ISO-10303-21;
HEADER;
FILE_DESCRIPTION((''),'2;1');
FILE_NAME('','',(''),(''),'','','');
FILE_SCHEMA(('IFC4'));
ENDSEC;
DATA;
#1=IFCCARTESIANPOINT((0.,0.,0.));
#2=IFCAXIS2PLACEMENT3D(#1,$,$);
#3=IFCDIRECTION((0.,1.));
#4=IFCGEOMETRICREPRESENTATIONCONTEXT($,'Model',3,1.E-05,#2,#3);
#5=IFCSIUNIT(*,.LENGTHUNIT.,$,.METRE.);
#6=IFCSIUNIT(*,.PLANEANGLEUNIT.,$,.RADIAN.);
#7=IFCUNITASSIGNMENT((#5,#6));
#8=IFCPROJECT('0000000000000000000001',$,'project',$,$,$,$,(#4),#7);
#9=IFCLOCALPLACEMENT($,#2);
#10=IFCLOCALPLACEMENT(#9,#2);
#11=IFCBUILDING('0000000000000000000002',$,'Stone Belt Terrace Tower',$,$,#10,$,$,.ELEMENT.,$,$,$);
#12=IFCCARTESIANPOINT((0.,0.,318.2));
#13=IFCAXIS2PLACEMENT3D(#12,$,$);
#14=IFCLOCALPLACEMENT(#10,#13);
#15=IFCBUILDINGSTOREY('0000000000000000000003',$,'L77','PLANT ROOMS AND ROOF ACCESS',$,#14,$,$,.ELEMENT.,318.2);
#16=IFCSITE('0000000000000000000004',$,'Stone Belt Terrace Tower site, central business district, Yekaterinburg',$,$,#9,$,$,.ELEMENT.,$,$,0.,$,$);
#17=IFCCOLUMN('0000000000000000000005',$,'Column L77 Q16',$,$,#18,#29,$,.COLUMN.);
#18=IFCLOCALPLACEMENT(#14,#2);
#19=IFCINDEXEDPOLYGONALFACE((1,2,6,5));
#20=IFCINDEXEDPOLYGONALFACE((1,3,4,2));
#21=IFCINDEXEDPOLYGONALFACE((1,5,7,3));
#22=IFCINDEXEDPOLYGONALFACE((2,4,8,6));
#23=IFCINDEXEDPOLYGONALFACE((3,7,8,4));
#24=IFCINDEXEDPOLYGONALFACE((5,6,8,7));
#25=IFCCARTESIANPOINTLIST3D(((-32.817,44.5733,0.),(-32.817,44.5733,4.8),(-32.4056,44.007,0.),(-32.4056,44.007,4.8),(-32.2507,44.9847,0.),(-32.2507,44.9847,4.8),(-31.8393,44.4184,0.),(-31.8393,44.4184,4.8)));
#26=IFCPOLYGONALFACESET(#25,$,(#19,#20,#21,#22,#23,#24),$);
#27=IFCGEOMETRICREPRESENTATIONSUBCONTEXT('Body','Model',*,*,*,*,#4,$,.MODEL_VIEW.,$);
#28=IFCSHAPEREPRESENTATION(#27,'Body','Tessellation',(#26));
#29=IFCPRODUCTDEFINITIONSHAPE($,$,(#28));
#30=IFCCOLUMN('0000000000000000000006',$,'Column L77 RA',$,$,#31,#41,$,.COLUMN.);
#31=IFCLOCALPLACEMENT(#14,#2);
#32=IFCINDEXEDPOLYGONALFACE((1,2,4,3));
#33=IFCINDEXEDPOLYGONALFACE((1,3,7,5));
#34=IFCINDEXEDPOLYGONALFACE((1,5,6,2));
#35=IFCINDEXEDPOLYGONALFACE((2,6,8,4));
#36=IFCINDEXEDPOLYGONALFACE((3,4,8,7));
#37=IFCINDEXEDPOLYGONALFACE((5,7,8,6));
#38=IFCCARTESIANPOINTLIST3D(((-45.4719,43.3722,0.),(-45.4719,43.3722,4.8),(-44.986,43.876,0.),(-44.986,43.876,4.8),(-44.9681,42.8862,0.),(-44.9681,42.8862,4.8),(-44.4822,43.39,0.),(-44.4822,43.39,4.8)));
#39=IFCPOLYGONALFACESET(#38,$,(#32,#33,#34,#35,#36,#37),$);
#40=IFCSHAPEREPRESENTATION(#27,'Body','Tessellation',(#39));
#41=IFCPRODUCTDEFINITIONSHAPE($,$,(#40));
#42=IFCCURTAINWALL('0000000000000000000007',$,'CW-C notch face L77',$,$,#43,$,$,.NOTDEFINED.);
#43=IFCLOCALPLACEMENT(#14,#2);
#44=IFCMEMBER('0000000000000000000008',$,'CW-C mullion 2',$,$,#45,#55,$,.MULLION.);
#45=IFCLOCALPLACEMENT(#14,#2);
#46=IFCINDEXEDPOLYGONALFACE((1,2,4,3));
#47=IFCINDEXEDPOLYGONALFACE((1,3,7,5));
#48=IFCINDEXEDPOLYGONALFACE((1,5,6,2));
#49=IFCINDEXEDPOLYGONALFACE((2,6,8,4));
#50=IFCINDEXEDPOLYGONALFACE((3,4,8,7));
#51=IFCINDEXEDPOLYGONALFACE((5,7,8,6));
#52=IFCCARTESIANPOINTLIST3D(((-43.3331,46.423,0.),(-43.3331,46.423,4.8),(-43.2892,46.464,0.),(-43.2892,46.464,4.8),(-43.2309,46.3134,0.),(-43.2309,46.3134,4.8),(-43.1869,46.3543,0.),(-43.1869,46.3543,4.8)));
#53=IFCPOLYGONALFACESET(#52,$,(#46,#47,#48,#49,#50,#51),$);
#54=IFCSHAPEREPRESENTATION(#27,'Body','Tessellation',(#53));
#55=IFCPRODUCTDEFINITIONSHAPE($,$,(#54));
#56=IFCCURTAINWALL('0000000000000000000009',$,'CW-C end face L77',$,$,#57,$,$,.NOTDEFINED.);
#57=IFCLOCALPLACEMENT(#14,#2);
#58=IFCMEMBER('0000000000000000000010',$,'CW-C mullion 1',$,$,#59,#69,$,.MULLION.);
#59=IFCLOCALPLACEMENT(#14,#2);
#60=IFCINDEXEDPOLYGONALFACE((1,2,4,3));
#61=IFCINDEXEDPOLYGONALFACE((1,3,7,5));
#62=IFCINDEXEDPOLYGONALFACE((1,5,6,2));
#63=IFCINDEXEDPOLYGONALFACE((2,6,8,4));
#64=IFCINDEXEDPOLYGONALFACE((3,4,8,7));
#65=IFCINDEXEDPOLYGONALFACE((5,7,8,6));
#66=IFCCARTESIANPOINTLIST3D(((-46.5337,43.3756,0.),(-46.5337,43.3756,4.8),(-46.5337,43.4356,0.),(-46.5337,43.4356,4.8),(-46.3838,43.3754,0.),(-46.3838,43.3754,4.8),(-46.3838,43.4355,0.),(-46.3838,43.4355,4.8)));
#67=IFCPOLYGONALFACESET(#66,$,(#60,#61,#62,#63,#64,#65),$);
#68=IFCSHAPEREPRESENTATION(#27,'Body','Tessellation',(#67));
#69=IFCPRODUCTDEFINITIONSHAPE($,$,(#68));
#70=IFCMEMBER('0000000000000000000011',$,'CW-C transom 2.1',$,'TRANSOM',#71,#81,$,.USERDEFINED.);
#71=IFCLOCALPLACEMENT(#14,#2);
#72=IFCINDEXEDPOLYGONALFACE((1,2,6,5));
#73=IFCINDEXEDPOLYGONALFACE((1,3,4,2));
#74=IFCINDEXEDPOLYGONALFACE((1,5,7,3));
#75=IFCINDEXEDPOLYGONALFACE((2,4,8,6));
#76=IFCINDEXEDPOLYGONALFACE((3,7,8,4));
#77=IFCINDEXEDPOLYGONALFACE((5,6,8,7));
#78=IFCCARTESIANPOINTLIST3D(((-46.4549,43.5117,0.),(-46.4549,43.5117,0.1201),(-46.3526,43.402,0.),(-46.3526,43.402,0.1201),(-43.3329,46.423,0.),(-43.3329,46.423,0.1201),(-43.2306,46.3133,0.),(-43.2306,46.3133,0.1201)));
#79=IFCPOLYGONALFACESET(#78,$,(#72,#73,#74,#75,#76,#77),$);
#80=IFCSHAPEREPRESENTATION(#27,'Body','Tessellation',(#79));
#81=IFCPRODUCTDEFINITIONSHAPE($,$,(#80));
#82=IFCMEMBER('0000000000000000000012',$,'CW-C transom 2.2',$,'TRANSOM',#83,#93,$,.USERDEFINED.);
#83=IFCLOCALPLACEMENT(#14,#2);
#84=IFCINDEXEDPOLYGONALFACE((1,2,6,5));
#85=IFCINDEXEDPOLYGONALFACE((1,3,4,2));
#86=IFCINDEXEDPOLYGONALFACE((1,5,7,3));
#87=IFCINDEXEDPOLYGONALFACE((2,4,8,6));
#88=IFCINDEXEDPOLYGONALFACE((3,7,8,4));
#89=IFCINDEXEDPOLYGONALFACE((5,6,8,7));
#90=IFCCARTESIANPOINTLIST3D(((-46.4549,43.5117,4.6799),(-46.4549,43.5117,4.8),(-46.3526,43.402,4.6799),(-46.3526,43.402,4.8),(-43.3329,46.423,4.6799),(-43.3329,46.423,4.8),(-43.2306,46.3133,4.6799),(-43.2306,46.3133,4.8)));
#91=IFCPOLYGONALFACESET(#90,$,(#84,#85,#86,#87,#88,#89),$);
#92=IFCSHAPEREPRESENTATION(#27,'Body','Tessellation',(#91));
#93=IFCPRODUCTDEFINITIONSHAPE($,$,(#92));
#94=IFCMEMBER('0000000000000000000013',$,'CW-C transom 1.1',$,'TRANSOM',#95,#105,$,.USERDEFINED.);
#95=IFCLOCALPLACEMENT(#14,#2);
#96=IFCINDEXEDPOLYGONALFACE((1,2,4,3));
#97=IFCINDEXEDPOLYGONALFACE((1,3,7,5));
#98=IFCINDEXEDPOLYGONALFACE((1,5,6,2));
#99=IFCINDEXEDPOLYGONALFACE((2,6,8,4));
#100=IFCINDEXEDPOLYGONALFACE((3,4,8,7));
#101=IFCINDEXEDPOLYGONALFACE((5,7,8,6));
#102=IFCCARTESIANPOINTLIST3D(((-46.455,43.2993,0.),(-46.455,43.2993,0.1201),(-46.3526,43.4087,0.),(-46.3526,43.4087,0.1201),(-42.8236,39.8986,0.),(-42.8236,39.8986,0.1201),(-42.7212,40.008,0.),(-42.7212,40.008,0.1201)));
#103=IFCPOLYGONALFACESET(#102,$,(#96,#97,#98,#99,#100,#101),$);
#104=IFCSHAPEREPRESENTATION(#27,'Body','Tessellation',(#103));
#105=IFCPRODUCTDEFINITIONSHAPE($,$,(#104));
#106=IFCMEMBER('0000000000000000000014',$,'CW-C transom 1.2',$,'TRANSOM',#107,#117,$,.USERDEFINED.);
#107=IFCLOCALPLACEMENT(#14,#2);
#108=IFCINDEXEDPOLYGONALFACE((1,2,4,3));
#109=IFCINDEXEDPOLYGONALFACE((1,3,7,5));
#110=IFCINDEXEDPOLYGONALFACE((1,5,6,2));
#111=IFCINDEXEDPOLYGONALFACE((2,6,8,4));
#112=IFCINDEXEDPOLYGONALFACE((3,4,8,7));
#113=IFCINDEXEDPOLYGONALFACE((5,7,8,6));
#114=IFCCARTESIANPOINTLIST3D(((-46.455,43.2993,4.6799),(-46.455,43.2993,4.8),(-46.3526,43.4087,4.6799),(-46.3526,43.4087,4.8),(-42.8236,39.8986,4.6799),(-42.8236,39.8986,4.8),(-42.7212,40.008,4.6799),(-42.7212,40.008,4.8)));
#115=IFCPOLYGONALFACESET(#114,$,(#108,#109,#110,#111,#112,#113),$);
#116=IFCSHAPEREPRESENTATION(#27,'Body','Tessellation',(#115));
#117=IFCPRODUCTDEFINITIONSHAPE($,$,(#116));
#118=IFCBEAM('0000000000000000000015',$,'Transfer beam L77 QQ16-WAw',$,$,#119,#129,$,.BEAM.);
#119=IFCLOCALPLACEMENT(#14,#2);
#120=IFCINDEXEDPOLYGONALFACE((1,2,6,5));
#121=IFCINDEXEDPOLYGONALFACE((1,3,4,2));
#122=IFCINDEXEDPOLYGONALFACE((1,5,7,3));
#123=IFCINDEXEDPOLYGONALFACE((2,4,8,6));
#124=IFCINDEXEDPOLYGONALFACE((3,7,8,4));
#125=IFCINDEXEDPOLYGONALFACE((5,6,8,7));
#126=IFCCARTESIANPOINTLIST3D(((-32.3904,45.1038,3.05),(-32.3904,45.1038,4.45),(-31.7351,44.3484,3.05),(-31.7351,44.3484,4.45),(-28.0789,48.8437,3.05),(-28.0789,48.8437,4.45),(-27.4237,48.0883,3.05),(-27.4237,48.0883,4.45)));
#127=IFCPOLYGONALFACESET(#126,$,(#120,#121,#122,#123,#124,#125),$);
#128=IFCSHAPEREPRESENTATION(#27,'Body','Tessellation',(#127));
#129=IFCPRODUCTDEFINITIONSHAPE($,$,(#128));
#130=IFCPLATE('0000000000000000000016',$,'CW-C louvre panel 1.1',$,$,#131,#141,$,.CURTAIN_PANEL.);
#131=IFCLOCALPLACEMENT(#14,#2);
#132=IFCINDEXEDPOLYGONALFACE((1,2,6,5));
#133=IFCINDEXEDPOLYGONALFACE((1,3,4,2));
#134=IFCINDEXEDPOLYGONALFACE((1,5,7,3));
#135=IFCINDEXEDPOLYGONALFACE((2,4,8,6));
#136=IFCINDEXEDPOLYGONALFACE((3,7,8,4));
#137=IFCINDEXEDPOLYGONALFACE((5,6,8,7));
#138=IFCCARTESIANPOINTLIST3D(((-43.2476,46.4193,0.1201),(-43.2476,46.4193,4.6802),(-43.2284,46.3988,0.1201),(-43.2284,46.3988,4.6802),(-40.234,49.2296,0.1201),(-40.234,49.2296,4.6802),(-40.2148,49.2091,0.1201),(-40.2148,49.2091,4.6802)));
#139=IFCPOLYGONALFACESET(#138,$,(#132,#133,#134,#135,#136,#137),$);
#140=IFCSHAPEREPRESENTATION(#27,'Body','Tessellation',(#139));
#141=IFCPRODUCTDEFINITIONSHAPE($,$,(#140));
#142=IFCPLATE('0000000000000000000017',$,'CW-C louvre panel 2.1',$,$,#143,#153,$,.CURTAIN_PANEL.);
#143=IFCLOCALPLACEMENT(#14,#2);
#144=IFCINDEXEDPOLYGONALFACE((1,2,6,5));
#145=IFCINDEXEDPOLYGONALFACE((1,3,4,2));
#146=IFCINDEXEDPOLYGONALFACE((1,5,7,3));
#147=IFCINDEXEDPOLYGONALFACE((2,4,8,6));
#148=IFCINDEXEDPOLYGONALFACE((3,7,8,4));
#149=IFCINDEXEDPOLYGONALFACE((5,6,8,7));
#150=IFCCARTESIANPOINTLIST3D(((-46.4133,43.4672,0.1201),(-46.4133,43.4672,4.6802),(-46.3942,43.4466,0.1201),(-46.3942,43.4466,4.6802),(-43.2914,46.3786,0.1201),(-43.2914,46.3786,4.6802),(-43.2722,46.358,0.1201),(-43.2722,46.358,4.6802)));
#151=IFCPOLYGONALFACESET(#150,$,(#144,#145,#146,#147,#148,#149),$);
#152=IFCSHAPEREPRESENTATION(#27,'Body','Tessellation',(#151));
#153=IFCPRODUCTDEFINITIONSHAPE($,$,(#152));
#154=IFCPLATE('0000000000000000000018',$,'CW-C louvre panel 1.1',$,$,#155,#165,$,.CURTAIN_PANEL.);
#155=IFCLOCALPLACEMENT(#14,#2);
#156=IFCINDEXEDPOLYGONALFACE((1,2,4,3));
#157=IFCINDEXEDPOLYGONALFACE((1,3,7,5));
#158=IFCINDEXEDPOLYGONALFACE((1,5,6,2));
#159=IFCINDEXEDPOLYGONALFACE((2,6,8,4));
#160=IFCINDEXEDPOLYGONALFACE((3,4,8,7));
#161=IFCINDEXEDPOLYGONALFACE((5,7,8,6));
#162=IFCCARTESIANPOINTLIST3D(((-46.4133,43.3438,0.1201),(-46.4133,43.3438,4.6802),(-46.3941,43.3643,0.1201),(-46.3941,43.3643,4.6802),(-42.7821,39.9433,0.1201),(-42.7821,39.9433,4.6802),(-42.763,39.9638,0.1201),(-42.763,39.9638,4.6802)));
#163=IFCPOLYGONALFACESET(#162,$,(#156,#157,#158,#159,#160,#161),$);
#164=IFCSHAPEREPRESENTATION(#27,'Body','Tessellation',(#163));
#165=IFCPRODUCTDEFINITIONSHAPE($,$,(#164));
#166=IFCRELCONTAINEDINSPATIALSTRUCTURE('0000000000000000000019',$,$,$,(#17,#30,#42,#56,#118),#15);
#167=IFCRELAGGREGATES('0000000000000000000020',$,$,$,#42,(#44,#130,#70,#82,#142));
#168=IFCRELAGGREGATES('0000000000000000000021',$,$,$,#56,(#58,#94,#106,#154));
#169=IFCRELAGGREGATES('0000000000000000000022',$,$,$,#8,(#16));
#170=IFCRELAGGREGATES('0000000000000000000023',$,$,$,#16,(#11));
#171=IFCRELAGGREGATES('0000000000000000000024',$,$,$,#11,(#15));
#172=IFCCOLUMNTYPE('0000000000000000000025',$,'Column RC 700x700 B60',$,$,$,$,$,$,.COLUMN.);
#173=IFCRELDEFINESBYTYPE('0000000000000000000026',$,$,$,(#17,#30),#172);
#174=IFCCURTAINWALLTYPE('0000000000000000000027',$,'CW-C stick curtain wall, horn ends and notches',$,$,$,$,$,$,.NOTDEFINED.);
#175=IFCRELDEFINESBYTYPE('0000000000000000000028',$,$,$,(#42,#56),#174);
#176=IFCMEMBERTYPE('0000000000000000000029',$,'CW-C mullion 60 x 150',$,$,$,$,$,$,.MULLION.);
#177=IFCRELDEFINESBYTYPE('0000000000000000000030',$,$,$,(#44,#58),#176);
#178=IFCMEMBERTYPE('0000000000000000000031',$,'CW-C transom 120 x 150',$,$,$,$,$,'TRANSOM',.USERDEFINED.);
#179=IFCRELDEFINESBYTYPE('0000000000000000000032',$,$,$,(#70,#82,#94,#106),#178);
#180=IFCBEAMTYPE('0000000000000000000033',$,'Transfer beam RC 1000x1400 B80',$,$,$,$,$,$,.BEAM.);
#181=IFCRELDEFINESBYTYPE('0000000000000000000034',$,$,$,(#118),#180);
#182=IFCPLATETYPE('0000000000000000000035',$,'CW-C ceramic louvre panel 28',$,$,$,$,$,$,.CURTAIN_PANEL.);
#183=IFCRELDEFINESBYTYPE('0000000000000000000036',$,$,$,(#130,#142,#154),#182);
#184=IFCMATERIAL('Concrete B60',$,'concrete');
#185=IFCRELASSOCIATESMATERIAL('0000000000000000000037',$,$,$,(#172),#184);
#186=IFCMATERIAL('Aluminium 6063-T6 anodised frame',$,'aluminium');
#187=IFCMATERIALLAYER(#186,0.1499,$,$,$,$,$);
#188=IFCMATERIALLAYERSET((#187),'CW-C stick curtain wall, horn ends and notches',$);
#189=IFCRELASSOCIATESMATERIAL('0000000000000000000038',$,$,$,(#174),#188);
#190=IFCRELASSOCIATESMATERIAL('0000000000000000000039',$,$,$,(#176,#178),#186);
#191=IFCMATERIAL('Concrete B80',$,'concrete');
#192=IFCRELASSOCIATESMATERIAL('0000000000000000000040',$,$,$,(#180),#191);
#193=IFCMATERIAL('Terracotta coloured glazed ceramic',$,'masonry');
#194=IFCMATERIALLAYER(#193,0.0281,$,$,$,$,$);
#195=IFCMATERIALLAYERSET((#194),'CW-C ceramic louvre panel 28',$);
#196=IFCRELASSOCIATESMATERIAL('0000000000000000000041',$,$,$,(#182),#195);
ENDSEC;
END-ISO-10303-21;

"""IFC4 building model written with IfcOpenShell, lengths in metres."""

from ifc_helpers import new_model, si_unit, direction, frame, origin, origin_2d, place, context, subcontext, project, spatial, rectangle, extrude, material, layer, layer_set, material_profile, profile_set, type_object, element, aggregate, save


model = new_model("IFC4")

# Units and contexts
model_context = context("Model", 3, precision=1e-05, world=origin(), true_north=direction((0.0, 1.0)))
body_context = subcontext(model_context, "Body", "Model", "MODEL_VIEW")
ifc_project = project(units=[si_unit("LENGTHUNIT", "METRE"), si_unit("PLANEANGLEUNIT", "RADIAN")], contexts=[model_context])

# Site, building, storey
site_placement = place(None, origin())
site = spatial("IfcSite", under=ifc_project, at=site_placement, Name="Stone Belt Terrace Tower site, central business district, Yekaterinburg", CompositionType="ELEMENT", RefElevation=0.0)
building_placement = place(site_placement, origin())
building = spatial("IfcBuilding", under=site, at=building_placement, Name="Stone Belt Terrace Tower", CompositionType="ELEMENT")
storey_placement = place(building_placement, frame((0.0, 0.0, 318.2)))
storey = spatial("IfcBuildingStorey", under=building, at=storey_placement, Name="L77", Description="PLANT ROOMS AND ROOF ACCESS", CompositionType="ELEMENT", Elevation=318.2)

# Columns
ifc_material_1 = material(Name="Concrete B60", Category="concrete")
ifc_material_profile_1 = material_profile(ifc_material_1, rectangle(XDim=0.7, YDim=0.7, at=origin_2d()), Name="RC 700x700")
ifc_profile_set_1 = profile_set([ifc_material_profile_1], Name="Concrete B60")
column_type = type_object("IfcColumnType", Name="Column RC 700x700 B60", PredefinedType="COLUMN", material=ifc_profile_set_1)
for number, where, z_axis, x_axis, name in (
    (1, (-32.3281, 44.4958, 0.0), (0.0, 0.0, 1.0), (0.809017, 0.587785, 0.0), "Column L77 Q16"),
    (2, (-44.9771, 43.3811, 0.0), (0.0, 0.0, 1.0), (0.694221, 0.719762, 0.0), "Column L77 RA"),
):
    element("IfcColumn", number, at=place(storey_placement, frame(where, z_axis=z_axis, x_axis=x_axis)), inside=storey, type_object=column_type, Name=name, PredefinedType="COLUMN", context=body_context, shape_type="SweptSolid", body=[
        extrude(rectangle(XDim=0.7, YDim=0.7, at=origin_2d()), origin(), (0.0, 0.0, 1.0), 4.8),
    ])

# Curtain walls, members
ifc_material_2 = material(Name="Aluminium 6063-T6 anodised frame", Category="aluminium")
ifc_layer_1 = layer(ifc_material_2, 0.1499)
ifc_layer_set_1 = layer_set([ifc_layer_1], Name="CW-C stick curtain wall, horn ends and notches")
curtain_wall_type = type_object("IfcCurtainWallType", Name="CW-C stick curtain wall, horn ends and notches", PredefinedType="NOTDEFINED", material=ifc_layer_set_1)
curtain_wall_1_placement = place(storey_placement, origin())
curtain_wall_1 = element("IfcCurtainWall", 3, at=curtain_wall_1_placement, inside=storey, type_object=curtain_wall_type, Name="CW-C notch face L77", PredefinedType="NOTDEFINED")
ifc_material_profile_2 = material_profile(ifc_material_2, rectangle(XDim=0.1499, YDim=0.0601, at=origin_2d()), Name="Aluminium 6063-T6 60x150")
ifc_profile_set_2 = profile_set([ifc_material_profile_2], Name="Aluminium 6063-T6 anodised frame")
member_type_1 = type_object("IfcMemberType", Name="CW-C mullion 60 x 150", PredefinedType="MULLION", material=ifc_profile_set_2)
member_1_placement = place(storey_placement, frame((-43.26, 46.3887, 0.0), z_axis=(0.0, 0.0, 1.0), x_axis=(0.682014, -0.731339, 0.0)))
member_1 = element("IfcMember", 4, at=member_1_placement, type_object=member_type_1, Name="CW-C mullion 2", PredefinedType="MULLION", context=body_context, shape_type="SweptSolid", body=[
    extrude(rectangle(XDim=0.1499, YDim=0.0601, at=origin_2d()), origin(), (0.0, 0.0, 1.0), 4.8),
])
curtain_wall_2_placement = place(storey_placement, origin())
curtain_wall_2 = element("IfcCurtainWall", 5, at=curtain_wall_2_placement, inside=storey, type_object=curtain_wall_type, Name="CW-C end face L77", PredefinedType="NOTDEFINED")
member_2_placement = place(storey_placement, frame((-46.4587, 43.4055, 0.0), z_axis=(0.0, 0.0, 1.0), x_axis=(0.999999, -0.001051, 0.0)))
member_2 = element("IfcMember", 6, at=member_2_placement, type_object=member_type_1, Name="CW-C mullion 1", PredefinedType="MULLION", context=body_context, shape_type="SweptSolid", body=[
    extrude(rectangle(XDim=0.1499, YDim=0.0601, at=origin_2d()), origin(), (0.0, 0.0, 1.0), 4.8),
])

# Members
ifc_material_profile_3 = material_profile(ifc_material_2, rectangle(XDim=0.1499, YDim=0.1201, at=origin_2d()), Name="Aluminium 6063-T6 150x120")
ifc_profile_set_3 = profile_set([ifc_material_profile_3], Name="Aluminium 6063-T6 anodised frame")
member_type_2 = type_object("IfcMemberType", Name="CW-C transom 120 x 150", ElementType="TRANSOM", PredefinedType="USERDEFINED", material=ifc_profile_set_3)
member_3_placement = place(storey_placement, frame((-43.2817, 46.3682, 0.0601), z_axis=(-0.731354, -0.681998, 0.0), x_axis=(0.681998, -0.731354, 0.0)))
member_3 = element("IfcMember", 7, at=member_3_placement, type_object=member_type_2, Name="CW-C transom 2.1", ObjectType="TRANSOM", PredefinedType="USERDEFINED", context=body_context, shape_type="SweptSolid", body=[
    extrude(rectangle(XDim=0.1499, YDim=0.1201, at=origin_2d()), origin(), (0.0, 0.0, 1.0), 4.2688),
])
member_4_placement = place(storey_placement, frame((-43.2817, 46.3682, 4.74), z_axis=(-0.731354, -0.681998, 0.0), x_axis=(0.681998, -0.731354, 0.0)))
member_4 = element("IfcMember", 8, at=member_4_placement, type_object=member_type_2, Name="CW-C transom 2.2", ObjectType="TRANSOM", PredefinedType="USERDEFINED", context=body_context, shape_type="SweptSolid", body=[
    extrude(rectangle(XDim=0.1499, YDim=0.1201, at=origin_2d()), origin(), (0.0, 0.0, 1.0), 4.2688),
])
member_5_placement = place(storey_placement, frame((-46.4038, 43.354, 0.0601), z_axis=(0.729914, -0.683539, 0.0), x_axis=(0.683539, 0.729914, 0.0)))
member_5 = element("IfcMember", 9, at=member_5_placement, type_object=member_type_2, Name="CW-C transom 1.1", ObjectType="TRANSOM", PredefinedType="USERDEFINED", context=body_context, shape_type="SweptSolid", body=[
    extrude(rectangle(XDim=0.1499, YDim=0.1201, at=origin_2d()), origin(), (0.0, 0.0, 1.0), 4.9751),
])
member_6_placement = place(storey_placement, frame((-46.4038, 43.354, 4.74), z_axis=(0.729914, -0.683539, 0.0), x_axis=(0.683539, 0.729914, 0.0)))
member_6 = element("IfcMember", 10, at=member_6_placement, type_object=member_type_2, Name="CW-C transom 1.2", ObjectType="TRANSOM", PredefinedType="USERDEFINED", context=body_context, shape_type="SweptSolid", body=[
    extrude(rectangle(XDim=0.1499, YDim=0.1201, at=origin_2d()), origin(), (0.0, 0.0, 1.0), 4.9751),
])

# Beam
ifc_material_3 = material(Name="Concrete B80", Category="concrete")
ifc_material_profile_4 = material_profile(ifc_material_3, rectangle(XDim=1.0, YDim=1.3999, at=origin_2d()), Name="RC 1000x1400")
ifc_profile_set_4 = profile_set([ifc_material_profile_4], Name="Concrete B80")
beam_type = type_object("IfcBeamType", Name="Transfer beam RC 1000x1400 B80", PredefinedType="BEAM", material=ifc_profile_set_4)
beam_placement = place(storey_placement, frame((-32.0627, 44.7261, 3.75), z_axis=(0.7554, 0.655264, 0.0), x_axis=(-0.655264, 0.7554, 0.0)))
element("IfcBeam", 11, at=beam_placement, inside=storey, type_object=beam_type, Name="Transfer beam L77 QQ16-WAw", PredefinedType="BEAM", context=body_context, shape_type="SweptSolid", body=[
    extrude(rectangle(XDim=1.0, YDim=1.3999, at=origin_2d()), origin(), (0.0, 0.0, 1.0), 5.7075),
])

# Plates
ifc_material_4 = material(Name="Terracotta coloured glazed ceramic", Category="masonry")
ifc_layer_2 = layer(ifc_material_4, 0.0281)
ifc_layer_set_2 = layer_set([ifc_layer_2], Name="CW-C ceramic louvre panel 28")
plate_type = type_object("IfcPlateType", Name="CW-C ceramic louvre panel 28", PredefinedType="CURTAIN_PANEL", material=ifc_layer_set_2)
plate_1_placement = place(storey_placement, frame((-41.7312, 47.8142, 0.1201), z_axis=(0.0, 0.0, 1.0), x_axis=(-0.731339, -0.682014, 0.0)))
plate_1 = element("IfcPlate", 12, at=plate_1_placement, type_object=plate_type, Name="CW-C louvre panel 1.1", PredefinedType="CURTAIN_PANEL", context=body_context, shape_type="SweptSolid", body=[
    extrude(rectangle(XDim=4.1206, YDim=0.0281, at=origin_2d()), origin(), (0.0, 0.0, 1.0), 4.5601),
])
plate_2_placement = place(storey_placement, frame((-44.8428, 44.9126, 0.1201), z_axis=(0.0, 0.0, 1.0), x_axis=(-0.731339, -0.682014, 0.0)))
plate_2 = element("IfcPlate", 13, at=plate_2_placement, type_object=plate_type, Name="CW-C louvre panel 2.1", PredefinedType="CURTAIN_PANEL", context=body_context, shape_type="SweptSolid", body=[
    extrude(rectangle(XDim=4.2688, YDim=0.0281, at=origin_2d()), origin(), (0.0, 0.0, 1.0), 4.5601),
])
aggregate(curtain_wall_1, [member_1, plate_1, member_3, member_4, plate_2])
plate_3_placement = place(storey_placement, frame((-44.5881, 41.6538, 0.1201), z_axis=(0.0, 0.0, 1.0), x_axis=(0.729904, -0.683549, 0.0)))
plate_3 = element("IfcPlate", 14, at=plate_3_placement, type_object=plate_type, Name="CW-C louvre panel 1.1", PredefinedType="CURTAIN_PANEL", context=body_context, shape_type="SweptSolid", body=[
    extrude(rectangle(XDim=4.9749, YDim=0.0281, at=origin_2d()), origin(), (0.0, 0.0, 1.0), 4.5601),
])
aggregate(curtain_wall_2, [member_2, member_5, member_6, plate_3])

save(model, "model.ifc")
